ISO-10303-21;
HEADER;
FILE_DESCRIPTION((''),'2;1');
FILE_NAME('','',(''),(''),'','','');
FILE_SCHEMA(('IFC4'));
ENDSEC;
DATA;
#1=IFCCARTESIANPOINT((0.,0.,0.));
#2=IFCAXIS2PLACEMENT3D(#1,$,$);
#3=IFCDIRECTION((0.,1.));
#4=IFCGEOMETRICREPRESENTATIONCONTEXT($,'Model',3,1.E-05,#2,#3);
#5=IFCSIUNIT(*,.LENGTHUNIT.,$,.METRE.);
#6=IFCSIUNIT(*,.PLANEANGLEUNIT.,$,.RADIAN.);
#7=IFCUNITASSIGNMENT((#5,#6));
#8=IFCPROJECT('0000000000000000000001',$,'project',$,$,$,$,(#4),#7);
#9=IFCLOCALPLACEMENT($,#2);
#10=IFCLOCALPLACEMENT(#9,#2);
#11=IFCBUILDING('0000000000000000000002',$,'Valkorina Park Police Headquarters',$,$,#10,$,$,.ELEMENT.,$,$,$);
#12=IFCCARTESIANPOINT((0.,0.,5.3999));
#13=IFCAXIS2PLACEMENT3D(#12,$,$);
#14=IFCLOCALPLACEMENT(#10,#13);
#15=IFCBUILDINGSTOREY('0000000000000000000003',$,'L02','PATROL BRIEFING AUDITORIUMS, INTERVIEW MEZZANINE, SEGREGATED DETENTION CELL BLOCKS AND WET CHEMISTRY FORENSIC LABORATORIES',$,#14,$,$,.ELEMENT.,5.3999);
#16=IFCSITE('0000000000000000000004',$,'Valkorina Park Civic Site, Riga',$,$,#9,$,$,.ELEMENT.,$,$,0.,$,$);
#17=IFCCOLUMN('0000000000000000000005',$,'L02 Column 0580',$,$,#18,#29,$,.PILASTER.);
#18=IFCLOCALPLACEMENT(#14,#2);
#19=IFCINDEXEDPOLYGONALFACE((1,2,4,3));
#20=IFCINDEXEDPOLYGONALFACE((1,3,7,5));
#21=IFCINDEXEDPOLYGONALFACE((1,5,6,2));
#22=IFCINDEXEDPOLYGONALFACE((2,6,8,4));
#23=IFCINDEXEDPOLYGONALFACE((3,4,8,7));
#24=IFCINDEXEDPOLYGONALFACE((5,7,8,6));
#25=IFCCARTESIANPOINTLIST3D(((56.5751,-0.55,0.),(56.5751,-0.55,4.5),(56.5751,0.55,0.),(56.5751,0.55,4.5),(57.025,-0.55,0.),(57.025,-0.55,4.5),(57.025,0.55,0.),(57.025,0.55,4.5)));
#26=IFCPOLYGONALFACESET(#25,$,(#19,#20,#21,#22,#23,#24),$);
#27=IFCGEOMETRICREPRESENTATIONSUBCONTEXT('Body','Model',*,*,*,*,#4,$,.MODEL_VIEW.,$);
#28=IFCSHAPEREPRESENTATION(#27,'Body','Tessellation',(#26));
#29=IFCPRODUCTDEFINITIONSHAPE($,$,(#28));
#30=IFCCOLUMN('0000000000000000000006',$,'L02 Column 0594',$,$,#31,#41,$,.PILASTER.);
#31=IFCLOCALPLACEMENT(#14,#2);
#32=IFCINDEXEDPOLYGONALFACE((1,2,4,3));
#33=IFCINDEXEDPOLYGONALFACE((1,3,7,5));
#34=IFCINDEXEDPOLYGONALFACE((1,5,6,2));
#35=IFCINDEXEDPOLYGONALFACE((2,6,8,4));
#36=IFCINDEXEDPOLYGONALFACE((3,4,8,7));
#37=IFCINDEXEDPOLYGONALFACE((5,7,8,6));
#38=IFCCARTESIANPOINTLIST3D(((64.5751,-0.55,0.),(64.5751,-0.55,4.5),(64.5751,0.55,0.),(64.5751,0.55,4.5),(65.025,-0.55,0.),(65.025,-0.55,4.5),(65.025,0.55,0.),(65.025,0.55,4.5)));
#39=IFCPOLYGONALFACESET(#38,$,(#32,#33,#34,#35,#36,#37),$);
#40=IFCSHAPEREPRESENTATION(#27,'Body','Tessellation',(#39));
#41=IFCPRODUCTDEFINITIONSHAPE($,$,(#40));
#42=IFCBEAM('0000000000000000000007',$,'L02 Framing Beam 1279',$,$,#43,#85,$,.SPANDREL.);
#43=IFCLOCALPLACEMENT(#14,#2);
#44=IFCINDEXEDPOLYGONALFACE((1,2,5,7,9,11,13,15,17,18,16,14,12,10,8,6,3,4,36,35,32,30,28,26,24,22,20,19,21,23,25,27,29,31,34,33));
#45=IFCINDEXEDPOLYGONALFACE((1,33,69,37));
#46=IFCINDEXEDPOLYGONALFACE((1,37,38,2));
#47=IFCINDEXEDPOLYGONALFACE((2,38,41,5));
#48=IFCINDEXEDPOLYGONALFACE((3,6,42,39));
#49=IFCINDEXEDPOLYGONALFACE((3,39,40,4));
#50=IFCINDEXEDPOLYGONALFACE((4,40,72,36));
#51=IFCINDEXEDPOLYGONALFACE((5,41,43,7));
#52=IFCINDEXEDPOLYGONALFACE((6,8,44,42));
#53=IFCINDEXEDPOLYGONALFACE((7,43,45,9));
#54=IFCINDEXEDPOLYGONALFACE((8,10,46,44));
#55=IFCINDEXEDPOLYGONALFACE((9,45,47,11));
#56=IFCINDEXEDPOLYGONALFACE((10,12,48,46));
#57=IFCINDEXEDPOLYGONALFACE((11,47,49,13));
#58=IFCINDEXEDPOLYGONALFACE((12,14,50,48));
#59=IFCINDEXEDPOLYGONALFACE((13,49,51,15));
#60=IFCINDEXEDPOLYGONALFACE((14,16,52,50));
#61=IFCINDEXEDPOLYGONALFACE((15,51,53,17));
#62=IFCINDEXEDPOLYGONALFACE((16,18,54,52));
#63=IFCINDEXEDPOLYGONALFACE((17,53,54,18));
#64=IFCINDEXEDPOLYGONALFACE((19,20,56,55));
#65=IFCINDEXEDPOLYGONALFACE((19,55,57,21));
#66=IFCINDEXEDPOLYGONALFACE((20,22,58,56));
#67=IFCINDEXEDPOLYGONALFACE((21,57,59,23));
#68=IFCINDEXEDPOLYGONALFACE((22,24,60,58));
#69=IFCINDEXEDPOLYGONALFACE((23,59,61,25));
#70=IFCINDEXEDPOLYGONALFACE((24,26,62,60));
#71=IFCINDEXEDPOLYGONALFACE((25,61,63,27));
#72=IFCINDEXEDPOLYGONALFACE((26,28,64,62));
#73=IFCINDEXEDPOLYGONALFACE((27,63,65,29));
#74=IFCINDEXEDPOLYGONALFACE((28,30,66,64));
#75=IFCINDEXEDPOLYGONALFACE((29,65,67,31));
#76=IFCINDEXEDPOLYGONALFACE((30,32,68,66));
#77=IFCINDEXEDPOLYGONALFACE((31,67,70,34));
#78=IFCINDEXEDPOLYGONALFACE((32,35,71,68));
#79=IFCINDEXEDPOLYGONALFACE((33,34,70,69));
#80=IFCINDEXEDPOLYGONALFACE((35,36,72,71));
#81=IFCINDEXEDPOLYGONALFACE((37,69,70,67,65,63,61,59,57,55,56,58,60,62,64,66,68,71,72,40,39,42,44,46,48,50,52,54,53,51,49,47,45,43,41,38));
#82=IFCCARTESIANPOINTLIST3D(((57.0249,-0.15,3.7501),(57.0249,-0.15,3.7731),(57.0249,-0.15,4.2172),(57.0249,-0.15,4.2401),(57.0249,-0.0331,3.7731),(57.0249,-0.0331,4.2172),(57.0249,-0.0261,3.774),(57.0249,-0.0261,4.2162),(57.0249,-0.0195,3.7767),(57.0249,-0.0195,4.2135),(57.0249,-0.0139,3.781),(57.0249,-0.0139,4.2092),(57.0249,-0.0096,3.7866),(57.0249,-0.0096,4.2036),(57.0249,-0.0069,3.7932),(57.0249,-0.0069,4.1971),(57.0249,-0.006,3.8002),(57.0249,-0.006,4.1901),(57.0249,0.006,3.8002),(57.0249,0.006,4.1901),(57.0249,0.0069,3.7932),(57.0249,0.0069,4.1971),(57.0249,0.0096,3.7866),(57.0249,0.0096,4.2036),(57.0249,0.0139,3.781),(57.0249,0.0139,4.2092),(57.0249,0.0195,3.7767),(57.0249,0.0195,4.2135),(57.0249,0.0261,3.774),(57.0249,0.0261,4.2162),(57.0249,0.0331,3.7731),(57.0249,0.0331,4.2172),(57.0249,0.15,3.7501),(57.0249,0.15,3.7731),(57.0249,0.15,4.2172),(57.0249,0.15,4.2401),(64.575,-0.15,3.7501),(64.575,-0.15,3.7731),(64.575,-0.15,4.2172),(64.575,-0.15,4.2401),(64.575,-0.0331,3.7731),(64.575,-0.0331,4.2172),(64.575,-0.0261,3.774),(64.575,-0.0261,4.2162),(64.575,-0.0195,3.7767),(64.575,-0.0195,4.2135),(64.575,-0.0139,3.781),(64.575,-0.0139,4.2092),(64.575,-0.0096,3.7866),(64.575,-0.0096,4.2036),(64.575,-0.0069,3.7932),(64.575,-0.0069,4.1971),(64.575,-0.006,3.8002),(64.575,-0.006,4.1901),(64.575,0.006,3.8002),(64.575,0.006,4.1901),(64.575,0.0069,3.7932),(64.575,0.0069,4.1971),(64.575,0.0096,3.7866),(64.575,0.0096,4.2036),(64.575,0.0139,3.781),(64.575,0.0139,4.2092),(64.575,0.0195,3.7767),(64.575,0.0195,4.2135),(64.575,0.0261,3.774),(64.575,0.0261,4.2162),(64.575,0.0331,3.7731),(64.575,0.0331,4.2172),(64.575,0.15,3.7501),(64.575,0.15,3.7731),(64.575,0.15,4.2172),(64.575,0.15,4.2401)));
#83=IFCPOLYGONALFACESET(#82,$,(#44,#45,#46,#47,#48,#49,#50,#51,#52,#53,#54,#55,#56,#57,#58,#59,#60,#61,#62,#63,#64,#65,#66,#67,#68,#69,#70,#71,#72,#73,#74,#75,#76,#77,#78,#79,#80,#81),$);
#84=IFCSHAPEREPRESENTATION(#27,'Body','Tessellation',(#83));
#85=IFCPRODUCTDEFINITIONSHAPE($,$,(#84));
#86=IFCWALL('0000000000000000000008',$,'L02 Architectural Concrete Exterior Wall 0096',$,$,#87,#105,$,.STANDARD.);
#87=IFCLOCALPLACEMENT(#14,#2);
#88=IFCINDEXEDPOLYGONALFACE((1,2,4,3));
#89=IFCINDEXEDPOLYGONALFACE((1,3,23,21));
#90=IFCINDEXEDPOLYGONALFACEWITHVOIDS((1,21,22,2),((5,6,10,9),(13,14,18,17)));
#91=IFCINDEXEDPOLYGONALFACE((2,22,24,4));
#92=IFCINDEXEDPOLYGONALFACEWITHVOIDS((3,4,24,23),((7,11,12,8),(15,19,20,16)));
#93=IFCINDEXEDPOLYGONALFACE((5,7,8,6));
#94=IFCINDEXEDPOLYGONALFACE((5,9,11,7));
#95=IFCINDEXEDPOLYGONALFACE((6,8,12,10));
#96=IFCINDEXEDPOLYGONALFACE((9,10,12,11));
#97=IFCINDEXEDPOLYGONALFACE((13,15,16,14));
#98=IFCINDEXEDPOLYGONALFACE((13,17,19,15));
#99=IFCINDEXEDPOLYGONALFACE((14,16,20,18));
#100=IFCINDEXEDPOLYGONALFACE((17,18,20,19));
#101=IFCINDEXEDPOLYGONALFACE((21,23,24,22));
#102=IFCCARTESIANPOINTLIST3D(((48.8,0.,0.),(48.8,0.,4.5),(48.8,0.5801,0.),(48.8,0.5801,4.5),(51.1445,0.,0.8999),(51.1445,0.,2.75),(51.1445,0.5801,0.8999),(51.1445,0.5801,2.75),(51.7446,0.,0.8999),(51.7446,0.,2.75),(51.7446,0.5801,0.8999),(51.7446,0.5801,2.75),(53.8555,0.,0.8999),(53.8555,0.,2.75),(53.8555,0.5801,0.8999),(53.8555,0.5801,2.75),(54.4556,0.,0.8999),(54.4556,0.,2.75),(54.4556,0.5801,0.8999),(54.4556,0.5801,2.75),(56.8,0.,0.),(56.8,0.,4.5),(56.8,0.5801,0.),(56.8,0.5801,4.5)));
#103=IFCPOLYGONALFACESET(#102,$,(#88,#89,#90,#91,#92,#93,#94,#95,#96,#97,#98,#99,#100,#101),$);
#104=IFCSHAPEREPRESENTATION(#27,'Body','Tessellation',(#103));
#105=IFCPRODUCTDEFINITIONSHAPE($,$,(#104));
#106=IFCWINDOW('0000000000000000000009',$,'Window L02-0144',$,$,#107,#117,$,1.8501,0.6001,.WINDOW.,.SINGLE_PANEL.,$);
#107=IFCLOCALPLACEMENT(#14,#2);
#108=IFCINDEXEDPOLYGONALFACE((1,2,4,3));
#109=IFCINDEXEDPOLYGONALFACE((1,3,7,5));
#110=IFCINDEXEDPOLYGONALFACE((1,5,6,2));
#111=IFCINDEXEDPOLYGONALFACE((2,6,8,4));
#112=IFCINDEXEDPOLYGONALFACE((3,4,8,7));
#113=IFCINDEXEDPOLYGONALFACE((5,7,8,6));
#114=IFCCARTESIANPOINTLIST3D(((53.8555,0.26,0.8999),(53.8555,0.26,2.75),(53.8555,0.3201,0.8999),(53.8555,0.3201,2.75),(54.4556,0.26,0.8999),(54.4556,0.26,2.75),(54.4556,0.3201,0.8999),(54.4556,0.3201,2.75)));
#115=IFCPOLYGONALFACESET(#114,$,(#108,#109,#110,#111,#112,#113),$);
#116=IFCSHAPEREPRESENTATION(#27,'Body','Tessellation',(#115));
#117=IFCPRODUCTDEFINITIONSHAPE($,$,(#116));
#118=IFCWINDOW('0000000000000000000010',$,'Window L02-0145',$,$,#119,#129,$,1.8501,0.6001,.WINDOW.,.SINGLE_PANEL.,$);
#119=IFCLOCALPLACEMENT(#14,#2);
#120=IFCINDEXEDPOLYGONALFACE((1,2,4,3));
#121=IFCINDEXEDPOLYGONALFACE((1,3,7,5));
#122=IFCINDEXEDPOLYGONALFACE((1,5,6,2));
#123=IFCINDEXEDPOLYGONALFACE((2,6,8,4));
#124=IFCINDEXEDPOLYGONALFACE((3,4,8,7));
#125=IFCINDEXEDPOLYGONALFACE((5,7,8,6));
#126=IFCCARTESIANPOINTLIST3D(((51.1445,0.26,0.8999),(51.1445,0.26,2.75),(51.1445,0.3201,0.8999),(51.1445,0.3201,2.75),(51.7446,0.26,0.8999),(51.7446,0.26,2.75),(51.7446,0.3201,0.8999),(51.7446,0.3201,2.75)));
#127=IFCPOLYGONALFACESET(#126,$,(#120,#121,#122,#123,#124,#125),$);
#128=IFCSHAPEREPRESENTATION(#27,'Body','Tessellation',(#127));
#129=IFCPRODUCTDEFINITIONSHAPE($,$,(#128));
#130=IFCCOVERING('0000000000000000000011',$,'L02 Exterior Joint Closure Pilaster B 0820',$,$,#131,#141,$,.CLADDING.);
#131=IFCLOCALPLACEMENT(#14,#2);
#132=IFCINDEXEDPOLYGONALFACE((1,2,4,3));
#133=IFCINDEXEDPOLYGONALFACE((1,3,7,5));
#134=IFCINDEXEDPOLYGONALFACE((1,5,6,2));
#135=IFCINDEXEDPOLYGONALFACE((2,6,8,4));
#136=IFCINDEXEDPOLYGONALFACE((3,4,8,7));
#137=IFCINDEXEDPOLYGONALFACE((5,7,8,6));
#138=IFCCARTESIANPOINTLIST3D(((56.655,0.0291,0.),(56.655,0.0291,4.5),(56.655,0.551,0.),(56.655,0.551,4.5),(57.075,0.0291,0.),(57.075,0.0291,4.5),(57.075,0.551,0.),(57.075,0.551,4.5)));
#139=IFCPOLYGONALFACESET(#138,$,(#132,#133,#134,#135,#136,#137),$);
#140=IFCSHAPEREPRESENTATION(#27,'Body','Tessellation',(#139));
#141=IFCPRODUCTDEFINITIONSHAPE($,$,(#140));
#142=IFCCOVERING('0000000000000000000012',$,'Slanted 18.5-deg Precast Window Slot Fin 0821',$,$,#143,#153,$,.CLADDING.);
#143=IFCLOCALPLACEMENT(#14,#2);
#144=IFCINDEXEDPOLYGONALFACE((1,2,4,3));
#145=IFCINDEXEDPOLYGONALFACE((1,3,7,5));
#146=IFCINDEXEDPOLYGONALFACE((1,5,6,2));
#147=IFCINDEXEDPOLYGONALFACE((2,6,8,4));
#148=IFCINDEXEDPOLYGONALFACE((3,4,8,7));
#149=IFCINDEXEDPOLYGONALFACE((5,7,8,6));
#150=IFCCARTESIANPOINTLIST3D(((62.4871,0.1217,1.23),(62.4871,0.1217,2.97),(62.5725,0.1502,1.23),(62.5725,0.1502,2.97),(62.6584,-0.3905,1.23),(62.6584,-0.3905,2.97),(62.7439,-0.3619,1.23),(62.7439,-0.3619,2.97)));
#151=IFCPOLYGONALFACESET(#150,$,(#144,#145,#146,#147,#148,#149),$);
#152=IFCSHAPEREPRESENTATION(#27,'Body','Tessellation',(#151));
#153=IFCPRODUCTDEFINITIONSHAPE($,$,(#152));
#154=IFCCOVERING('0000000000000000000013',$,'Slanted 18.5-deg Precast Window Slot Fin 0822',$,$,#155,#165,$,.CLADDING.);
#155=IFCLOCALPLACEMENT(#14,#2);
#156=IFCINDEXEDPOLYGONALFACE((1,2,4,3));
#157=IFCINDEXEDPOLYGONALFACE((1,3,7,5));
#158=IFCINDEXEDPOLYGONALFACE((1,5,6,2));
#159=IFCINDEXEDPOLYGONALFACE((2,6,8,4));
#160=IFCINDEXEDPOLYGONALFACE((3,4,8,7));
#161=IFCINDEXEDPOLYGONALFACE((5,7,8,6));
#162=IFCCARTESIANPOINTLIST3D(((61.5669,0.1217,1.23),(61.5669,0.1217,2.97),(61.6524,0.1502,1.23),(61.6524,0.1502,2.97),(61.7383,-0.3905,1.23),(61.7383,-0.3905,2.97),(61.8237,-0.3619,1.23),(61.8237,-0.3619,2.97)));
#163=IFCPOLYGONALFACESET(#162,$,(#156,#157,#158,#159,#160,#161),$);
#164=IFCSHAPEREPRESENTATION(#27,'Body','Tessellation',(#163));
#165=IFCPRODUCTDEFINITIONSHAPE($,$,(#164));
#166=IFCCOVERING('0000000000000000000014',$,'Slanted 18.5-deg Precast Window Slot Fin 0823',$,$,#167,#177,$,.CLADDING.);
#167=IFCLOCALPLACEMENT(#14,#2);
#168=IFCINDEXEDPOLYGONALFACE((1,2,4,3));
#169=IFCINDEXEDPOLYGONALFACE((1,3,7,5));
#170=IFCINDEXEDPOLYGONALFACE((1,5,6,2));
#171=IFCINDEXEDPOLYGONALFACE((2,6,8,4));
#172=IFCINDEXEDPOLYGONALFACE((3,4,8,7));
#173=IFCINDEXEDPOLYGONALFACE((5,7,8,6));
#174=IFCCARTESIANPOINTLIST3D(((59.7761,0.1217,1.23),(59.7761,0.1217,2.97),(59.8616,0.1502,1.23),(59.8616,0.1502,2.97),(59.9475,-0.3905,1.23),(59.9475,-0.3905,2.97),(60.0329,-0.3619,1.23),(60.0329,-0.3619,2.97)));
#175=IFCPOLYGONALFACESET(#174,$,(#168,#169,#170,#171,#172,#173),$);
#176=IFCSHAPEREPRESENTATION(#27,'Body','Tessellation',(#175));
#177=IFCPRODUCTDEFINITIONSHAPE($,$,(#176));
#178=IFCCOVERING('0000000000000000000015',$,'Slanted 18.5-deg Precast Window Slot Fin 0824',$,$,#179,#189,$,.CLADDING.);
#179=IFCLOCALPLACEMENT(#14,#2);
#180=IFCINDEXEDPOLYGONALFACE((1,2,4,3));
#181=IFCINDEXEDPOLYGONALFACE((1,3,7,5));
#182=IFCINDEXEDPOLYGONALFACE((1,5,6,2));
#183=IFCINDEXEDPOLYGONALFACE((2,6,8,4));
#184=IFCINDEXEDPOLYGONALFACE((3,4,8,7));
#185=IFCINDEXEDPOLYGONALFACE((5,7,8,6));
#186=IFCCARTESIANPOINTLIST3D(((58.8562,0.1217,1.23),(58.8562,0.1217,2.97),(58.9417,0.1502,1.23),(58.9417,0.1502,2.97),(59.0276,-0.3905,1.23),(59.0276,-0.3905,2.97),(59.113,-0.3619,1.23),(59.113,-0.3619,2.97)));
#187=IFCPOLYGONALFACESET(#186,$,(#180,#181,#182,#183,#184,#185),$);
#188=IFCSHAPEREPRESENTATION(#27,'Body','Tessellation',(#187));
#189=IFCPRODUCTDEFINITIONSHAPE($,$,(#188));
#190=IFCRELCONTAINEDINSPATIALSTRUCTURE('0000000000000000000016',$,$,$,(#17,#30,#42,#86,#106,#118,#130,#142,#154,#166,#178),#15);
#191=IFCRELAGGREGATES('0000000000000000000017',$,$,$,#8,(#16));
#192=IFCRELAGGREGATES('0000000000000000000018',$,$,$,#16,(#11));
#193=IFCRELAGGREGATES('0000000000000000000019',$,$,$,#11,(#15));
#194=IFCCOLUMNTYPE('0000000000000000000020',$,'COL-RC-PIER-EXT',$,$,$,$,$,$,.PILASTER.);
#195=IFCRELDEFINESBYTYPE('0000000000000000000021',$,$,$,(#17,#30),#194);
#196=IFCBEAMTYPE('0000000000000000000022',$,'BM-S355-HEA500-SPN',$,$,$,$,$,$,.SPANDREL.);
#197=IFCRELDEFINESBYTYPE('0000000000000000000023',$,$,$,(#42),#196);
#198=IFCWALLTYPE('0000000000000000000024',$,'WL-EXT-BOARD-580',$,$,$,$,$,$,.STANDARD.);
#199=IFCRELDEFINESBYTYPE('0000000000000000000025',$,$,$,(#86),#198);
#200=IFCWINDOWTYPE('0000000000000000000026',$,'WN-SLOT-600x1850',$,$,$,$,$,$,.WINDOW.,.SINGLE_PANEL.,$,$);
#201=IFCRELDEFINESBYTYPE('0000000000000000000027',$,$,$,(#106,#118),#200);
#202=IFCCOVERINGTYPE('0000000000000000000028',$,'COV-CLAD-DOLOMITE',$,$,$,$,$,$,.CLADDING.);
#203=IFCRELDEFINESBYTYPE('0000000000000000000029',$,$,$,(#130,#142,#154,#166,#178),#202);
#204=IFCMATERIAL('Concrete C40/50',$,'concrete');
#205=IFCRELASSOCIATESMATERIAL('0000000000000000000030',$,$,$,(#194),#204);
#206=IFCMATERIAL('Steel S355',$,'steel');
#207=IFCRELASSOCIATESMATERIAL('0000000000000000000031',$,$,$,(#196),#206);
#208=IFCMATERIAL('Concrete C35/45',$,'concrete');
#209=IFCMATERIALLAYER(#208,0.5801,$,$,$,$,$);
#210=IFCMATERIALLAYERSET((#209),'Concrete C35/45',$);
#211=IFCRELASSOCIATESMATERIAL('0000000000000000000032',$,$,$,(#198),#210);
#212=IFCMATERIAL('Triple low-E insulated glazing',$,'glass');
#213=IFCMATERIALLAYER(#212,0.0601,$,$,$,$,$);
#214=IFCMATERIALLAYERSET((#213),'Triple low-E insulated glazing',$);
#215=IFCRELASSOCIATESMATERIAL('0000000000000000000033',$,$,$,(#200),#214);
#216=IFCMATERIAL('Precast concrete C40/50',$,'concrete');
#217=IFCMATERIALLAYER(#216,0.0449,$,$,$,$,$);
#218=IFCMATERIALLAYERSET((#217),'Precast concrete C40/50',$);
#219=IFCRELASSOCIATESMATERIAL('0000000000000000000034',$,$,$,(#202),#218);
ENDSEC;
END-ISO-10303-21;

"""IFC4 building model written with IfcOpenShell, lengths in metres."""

from ifc_helpers import new_model, si_unit, direction, frame, frame_2d, origin, origin_2d, place, context, subcontext, project, spatial, rectangle, i_section, extrude, material, layer, layer_set, material_profile, profile_set, type_object, element, fill, save


model = new_model("IFC4")

# Units and contexts
model_context = context("Model", 3, precision=1e-05, world=origin(), true_north=direction((0.0, 1.0)))
body_context = subcontext(model_context, "Body", "Model", "MODEL_VIEW")
ifc_project = project(units=[si_unit("LENGTHUNIT", "METRE"), si_unit("PLANEANGLEUNIT", "RADIAN")], contexts=[model_context])

# Site, building, storey
site_placement = place(None, origin())
site = spatial("IfcSite", under=ifc_project, at=site_placement, Name="Valkorina Park Civic Site, Riga", CompositionType="ELEMENT", RefElevation=0.0)
building_placement = place(site_placement, origin())
building = spatial("IfcBuilding", under=site, at=building_placement, Name="Valkorina Park Police Headquarters", CompositionType="ELEMENT")
storey_placement = place(building_placement, frame((0.0, 0.0, 5.3999)))
storey = spatial("IfcBuildingStorey", under=building, at=storey_placement, Name="L02", Description="PATROL BRIEFING AUDITORIUMS, INTERVIEW MEZZANINE, SEGREGATED DETENTION CELL BLOCKS AND WET CHEMISTRY FORENSIC LABORATORIES", CompositionType="ELEMENT", Elevation=5.3999)

# Columns
ifc_material_1 = material(Name="Concrete C40/50", Category="concrete")
ifc_material_profile_1 = material_profile(ifc_material_1, rectangle(XDim=0.45, YDim=1.1001, at=origin_2d()), Name="RC PIER 450x1100")
ifc_profile_set_1 = profile_set([ifc_material_profile_1], Name="Concrete C40/50")
column_type = type_object("IfcColumnType", Name="COL-RC-PIER-EXT", PredefinedType="PILASTER", material=ifc_profile_set_1)
for number, where, z_axis, x_axis, name in (
    (1, (56.8, 0.0, 0.0), (0.0, 0.0, 1.0), (1.0, 0.0, 0.0), "L02 Column 0580"),
    (2, (64.8, 0.0, 0.0), (0.0, 0.0, 1.0), (1.0, 0.0, 0.0), "L02 Column 0594"),
):
    element("IfcColumn", number, at=place(storey_placement, frame(where, z_axis=z_axis, x_axis=x_axis)), inside=storey, type_object=column_type, Name=name, PredefinedType="PILASTER", context=body_context, shape_type="SweptSolid", body=[
        extrude(rectangle(XDim=0.45, YDim=1.1001, at=origin_2d()), origin(), (0.0, 0.0, 1.0), 4.5),
    ])

# Beam
ifc_material_2 = material(Name="Steel S355", Category="steel")
ifc_material_profile_2 = material_profile(ifc_material_2, i_section(OverallWidth=0.3, OverallDepth=0.49, WebThickness=0.012, FlangeThickness=0.0229, FilletRadius=0.0271, at=origin_2d()), Name="HEA 500")
ifc_profile_set_2 = profile_set([ifc_material_profile_2], Name="Steel S355")
beam_type = type_object("IfcBeamType", Name="BM-S355-HEA500-SPN", PredefinedType="SPANDREL", material=ifc_profile_set_2)
beam_placement = place(storey_placement, frame((57.0249, 0.0, 3.9951), z_axis=(1.0, 0.0, 0.0), x_axis=(0.0, 1.0, 0.0)))
element("IfcBeam", 3, at=beam_placement, inside=storey, type_object=beam_type, Name="L02 Framing Beam 1279", PredefinedType="SPANDREL", context=body_context, shape_type="SweptSolid", body=[
    extrude(i_section(OverallWidth=0.3, OverallDepth=0.49, WebThickness=0.012, FlangeThickness=0.0229, FilletRadius=0.0271, at=origin_2d()), origin(), (0.0, 0.0, 1.0), 7.55),
])

# Wall, openings, windows
ifc_material_3 = material(Name="Concrete C35/45", Category="concrete")
ifc_layer_1 = layer(ifc_material_3, 0.5801)
ifc_layer_set_1 = layer_set([ifc_layer_1], Name="Concrete C35/45")
wall_type = type_object("IfcWallType", Name="WL-EXT-BOARD-580", PredefinedType="STANDARD", material=ifc_layer_set_1)
wall_placement = place(storey_placement, frame((56.8, 0.29, 0.0), z_axis=(0.0, 0.0, 1.0), x_axis=(-1.0, 0.0, 0.0)))
wall = element("IfcWall", 4, at=wall_placement, inside=storey, type_object=wall_type, Name="L02 Architectural Concrete Exterior Wall 0096", PredefinedType="STANDARD", context=body_context, shape_type="SweptSolid", body=[
    extrude(rectangle(XDim=8.0, YDim=0.5801, at=frame_2d((4.0, 0.0))), origin(), (0.0, 0.0, 1.0), 4.5),
])
opening_1_placement = place(wall_placement, frame((2.3445, 0.0, 0.8999)))
opening_1 = element("IfcOpeningElement", 5, at=opening_1_placement, cuts=wall, PredefinedType="OPENING", context=body_context, shape_type="SweptSolid", body=[
    extrude(rectangle(XDim=0.6001, YDim=1.8501, at=frame_2d((0.3, 0.925))), frame((0.0, 0.3, 0.0), z_axis=(0.0, -1.0, 0.0), x_axis=(1.0, 0.0, 0.0)), (0.0, 0.0, 1.0), 0.6001),
])
opening_2_placement = place(wall_placement, frame((5.0554, 0.0, 0.8999)))
opening_2 = element("IfcOpeningElement", 6, at=opening_2_placement, cuts=wall, PredefinedType="OPENING", context=body_context, shape_type="SweptSolid", body=[
    extrude(rectangle(XDim=0.6001, YDim=1.8501, at=frame_2d((0.3, 0.925))), frame((0.0, 0.3, 0.0), z_axis=(0.0, -1.0, 0.0), x_axis=(1.0, 0.0, 0.0)), (0.0, 0.0, 1.0), 0.6001),
])
ifc_material_4 = material(Name="Triple low-E insulated glazing", Category="glass")
ifc_layer_2 = layer(ifc_material_4, 0.0601)
ifc_layer_set_2 = layer_set([ifc_layer_2], Name="Triple low-E insulated glazing")
window_type = type_object("IfcWindowType", Name="WN-SLOT-600x1850", PartitioningType="SINGLE_PANEL", PredefinedType="WINDOW", material=ifc_layer_set_2)
window_1_placement = place(opening_1_placement, origin())
window_1 = element("IfcWindow", 7, at=window_1_placement, inside=storey, type_object=window_type, Name="Window L02-0144", OverallHeight=1.8501, OverallWidth=0.6001, PartitioningType="SINGLE_PANEL", PredefinedType="WINDOW", context=body_context, shape_type="SweptSolid", body=[
    extrude(rectangle(XDim=0.6001, YDim=1.8501, at=frame_2d((0.3, 0.925))), frame((0.0, 0.03, 0.0), z_axis=(0.0, -1.0, 0.0), x_axis=(1.0, 0.0, 0.0)), (0.0, 0.0, 1.0), 0.0601),
])
fill(opening_1, window_1)
window_2_placement = place(opening_2_placement, origin())
window_2 = element("IfcWindow", 8, at=window_2_placement, inside=storey, type_object=window_type, Name="Window L02-0145", OverallHeight=1.8501, OverallWidth=0.6001, PartitioningType="SINGLE_PANEL", PredefinedType="WINDOW", context=body_context, shape_type="SweptSolid", body=[
    extrude(rectangle(XDim=0.6001, YDim=1.8501, at=frame_2d((0.3, 0.925))), frame((0.0, 0.03, 0.0), z_axis=(0.0, -1.0, 0.0), x_axis=(1.0, 0.0, 0.0)), (0.0, 0.0, 1.0), 0.0601),
])
fill(opening_2, window_2)

# Coverings
ifc_material_5 = material(Name="Precast concrete C40/50", Category="concrete")
ifc_layer_3 = layer(ifc_material_5, 0.0449)
ifc_layer_set_3 = layer_set([ifc_layer_3], Name="Precast concrete C40/50")
covering_type = type_object("IfcCoveringType", Name="COV-CLAD-DOLOMITE", PredefinedType="CLADDING", material=ifc_layer_set_3)
covering_1_placement = place(storey_placement, frame((56.865, 0.29, 0.0), z_axis=(0.0, 0.0, 1.0), x_axis=(1.0, 0.0, 0.0)))
element("IfcCovering", 9, at=covering_1_placement, inside=storey, type_object=covering_type, Name="L02 Exterior Joint Closure Pilaster B 0820", PredefinedType="CLADDING", context=body_context, shape_type="SweptSolid", body=[
    extrude(rectangle(XDim=0.4199, YDim=0.522, at=origin_2d()), origin(), (0.0, 0.0, 1.0), 4.5),
])
for number, where, z_axis, x_axis, name in (
    (10, (62.6155, -0.1201, 1.23), (0.0, 0.0, 1.0), (0.317305, -0.948324, 0.0), "Slanted 18.5-deg Precast Window Slot Fin 0821"),
    (11, (61.6953, -0.1201, 1.23), (0.0, 0.0, 1.0), (0.317305, -0.948324, 0.0), "Slanted 18.5-deg Precast Window Slot Fin 0822"),
    (12, (59.9045, -0.1201, 1.23), (0.0, 0.0, 1.0), (0.317305, -0.948324, 0.0), "Slanted 18.5-deg Precast Window Slot Fin 0823"),
    (13, (58.9846, -0.1201, 1.23), (0.0, 0.0, 1.0), (0.317305, -0.948324, 0.0), "Slanted 18.5-deg Precast Window Slot Fin 0824"),
):
    element("IfcCovering", number, at=place(storey_placement, frame(where, z_axis=z_axis, x_axis=x_axis)), inside=storey, type_object=covering_type, Name=name, PredefinedType="CLADDING", context=body_context, shape_type="SweptSolid", body=[
        extrude(rectangle(XDim=0.54, YDim=0.0901, at=origin_2d()), origin(), (0.0, 0.0, 1.0), 1.74),
    ])

save(model, "model.ifc")
